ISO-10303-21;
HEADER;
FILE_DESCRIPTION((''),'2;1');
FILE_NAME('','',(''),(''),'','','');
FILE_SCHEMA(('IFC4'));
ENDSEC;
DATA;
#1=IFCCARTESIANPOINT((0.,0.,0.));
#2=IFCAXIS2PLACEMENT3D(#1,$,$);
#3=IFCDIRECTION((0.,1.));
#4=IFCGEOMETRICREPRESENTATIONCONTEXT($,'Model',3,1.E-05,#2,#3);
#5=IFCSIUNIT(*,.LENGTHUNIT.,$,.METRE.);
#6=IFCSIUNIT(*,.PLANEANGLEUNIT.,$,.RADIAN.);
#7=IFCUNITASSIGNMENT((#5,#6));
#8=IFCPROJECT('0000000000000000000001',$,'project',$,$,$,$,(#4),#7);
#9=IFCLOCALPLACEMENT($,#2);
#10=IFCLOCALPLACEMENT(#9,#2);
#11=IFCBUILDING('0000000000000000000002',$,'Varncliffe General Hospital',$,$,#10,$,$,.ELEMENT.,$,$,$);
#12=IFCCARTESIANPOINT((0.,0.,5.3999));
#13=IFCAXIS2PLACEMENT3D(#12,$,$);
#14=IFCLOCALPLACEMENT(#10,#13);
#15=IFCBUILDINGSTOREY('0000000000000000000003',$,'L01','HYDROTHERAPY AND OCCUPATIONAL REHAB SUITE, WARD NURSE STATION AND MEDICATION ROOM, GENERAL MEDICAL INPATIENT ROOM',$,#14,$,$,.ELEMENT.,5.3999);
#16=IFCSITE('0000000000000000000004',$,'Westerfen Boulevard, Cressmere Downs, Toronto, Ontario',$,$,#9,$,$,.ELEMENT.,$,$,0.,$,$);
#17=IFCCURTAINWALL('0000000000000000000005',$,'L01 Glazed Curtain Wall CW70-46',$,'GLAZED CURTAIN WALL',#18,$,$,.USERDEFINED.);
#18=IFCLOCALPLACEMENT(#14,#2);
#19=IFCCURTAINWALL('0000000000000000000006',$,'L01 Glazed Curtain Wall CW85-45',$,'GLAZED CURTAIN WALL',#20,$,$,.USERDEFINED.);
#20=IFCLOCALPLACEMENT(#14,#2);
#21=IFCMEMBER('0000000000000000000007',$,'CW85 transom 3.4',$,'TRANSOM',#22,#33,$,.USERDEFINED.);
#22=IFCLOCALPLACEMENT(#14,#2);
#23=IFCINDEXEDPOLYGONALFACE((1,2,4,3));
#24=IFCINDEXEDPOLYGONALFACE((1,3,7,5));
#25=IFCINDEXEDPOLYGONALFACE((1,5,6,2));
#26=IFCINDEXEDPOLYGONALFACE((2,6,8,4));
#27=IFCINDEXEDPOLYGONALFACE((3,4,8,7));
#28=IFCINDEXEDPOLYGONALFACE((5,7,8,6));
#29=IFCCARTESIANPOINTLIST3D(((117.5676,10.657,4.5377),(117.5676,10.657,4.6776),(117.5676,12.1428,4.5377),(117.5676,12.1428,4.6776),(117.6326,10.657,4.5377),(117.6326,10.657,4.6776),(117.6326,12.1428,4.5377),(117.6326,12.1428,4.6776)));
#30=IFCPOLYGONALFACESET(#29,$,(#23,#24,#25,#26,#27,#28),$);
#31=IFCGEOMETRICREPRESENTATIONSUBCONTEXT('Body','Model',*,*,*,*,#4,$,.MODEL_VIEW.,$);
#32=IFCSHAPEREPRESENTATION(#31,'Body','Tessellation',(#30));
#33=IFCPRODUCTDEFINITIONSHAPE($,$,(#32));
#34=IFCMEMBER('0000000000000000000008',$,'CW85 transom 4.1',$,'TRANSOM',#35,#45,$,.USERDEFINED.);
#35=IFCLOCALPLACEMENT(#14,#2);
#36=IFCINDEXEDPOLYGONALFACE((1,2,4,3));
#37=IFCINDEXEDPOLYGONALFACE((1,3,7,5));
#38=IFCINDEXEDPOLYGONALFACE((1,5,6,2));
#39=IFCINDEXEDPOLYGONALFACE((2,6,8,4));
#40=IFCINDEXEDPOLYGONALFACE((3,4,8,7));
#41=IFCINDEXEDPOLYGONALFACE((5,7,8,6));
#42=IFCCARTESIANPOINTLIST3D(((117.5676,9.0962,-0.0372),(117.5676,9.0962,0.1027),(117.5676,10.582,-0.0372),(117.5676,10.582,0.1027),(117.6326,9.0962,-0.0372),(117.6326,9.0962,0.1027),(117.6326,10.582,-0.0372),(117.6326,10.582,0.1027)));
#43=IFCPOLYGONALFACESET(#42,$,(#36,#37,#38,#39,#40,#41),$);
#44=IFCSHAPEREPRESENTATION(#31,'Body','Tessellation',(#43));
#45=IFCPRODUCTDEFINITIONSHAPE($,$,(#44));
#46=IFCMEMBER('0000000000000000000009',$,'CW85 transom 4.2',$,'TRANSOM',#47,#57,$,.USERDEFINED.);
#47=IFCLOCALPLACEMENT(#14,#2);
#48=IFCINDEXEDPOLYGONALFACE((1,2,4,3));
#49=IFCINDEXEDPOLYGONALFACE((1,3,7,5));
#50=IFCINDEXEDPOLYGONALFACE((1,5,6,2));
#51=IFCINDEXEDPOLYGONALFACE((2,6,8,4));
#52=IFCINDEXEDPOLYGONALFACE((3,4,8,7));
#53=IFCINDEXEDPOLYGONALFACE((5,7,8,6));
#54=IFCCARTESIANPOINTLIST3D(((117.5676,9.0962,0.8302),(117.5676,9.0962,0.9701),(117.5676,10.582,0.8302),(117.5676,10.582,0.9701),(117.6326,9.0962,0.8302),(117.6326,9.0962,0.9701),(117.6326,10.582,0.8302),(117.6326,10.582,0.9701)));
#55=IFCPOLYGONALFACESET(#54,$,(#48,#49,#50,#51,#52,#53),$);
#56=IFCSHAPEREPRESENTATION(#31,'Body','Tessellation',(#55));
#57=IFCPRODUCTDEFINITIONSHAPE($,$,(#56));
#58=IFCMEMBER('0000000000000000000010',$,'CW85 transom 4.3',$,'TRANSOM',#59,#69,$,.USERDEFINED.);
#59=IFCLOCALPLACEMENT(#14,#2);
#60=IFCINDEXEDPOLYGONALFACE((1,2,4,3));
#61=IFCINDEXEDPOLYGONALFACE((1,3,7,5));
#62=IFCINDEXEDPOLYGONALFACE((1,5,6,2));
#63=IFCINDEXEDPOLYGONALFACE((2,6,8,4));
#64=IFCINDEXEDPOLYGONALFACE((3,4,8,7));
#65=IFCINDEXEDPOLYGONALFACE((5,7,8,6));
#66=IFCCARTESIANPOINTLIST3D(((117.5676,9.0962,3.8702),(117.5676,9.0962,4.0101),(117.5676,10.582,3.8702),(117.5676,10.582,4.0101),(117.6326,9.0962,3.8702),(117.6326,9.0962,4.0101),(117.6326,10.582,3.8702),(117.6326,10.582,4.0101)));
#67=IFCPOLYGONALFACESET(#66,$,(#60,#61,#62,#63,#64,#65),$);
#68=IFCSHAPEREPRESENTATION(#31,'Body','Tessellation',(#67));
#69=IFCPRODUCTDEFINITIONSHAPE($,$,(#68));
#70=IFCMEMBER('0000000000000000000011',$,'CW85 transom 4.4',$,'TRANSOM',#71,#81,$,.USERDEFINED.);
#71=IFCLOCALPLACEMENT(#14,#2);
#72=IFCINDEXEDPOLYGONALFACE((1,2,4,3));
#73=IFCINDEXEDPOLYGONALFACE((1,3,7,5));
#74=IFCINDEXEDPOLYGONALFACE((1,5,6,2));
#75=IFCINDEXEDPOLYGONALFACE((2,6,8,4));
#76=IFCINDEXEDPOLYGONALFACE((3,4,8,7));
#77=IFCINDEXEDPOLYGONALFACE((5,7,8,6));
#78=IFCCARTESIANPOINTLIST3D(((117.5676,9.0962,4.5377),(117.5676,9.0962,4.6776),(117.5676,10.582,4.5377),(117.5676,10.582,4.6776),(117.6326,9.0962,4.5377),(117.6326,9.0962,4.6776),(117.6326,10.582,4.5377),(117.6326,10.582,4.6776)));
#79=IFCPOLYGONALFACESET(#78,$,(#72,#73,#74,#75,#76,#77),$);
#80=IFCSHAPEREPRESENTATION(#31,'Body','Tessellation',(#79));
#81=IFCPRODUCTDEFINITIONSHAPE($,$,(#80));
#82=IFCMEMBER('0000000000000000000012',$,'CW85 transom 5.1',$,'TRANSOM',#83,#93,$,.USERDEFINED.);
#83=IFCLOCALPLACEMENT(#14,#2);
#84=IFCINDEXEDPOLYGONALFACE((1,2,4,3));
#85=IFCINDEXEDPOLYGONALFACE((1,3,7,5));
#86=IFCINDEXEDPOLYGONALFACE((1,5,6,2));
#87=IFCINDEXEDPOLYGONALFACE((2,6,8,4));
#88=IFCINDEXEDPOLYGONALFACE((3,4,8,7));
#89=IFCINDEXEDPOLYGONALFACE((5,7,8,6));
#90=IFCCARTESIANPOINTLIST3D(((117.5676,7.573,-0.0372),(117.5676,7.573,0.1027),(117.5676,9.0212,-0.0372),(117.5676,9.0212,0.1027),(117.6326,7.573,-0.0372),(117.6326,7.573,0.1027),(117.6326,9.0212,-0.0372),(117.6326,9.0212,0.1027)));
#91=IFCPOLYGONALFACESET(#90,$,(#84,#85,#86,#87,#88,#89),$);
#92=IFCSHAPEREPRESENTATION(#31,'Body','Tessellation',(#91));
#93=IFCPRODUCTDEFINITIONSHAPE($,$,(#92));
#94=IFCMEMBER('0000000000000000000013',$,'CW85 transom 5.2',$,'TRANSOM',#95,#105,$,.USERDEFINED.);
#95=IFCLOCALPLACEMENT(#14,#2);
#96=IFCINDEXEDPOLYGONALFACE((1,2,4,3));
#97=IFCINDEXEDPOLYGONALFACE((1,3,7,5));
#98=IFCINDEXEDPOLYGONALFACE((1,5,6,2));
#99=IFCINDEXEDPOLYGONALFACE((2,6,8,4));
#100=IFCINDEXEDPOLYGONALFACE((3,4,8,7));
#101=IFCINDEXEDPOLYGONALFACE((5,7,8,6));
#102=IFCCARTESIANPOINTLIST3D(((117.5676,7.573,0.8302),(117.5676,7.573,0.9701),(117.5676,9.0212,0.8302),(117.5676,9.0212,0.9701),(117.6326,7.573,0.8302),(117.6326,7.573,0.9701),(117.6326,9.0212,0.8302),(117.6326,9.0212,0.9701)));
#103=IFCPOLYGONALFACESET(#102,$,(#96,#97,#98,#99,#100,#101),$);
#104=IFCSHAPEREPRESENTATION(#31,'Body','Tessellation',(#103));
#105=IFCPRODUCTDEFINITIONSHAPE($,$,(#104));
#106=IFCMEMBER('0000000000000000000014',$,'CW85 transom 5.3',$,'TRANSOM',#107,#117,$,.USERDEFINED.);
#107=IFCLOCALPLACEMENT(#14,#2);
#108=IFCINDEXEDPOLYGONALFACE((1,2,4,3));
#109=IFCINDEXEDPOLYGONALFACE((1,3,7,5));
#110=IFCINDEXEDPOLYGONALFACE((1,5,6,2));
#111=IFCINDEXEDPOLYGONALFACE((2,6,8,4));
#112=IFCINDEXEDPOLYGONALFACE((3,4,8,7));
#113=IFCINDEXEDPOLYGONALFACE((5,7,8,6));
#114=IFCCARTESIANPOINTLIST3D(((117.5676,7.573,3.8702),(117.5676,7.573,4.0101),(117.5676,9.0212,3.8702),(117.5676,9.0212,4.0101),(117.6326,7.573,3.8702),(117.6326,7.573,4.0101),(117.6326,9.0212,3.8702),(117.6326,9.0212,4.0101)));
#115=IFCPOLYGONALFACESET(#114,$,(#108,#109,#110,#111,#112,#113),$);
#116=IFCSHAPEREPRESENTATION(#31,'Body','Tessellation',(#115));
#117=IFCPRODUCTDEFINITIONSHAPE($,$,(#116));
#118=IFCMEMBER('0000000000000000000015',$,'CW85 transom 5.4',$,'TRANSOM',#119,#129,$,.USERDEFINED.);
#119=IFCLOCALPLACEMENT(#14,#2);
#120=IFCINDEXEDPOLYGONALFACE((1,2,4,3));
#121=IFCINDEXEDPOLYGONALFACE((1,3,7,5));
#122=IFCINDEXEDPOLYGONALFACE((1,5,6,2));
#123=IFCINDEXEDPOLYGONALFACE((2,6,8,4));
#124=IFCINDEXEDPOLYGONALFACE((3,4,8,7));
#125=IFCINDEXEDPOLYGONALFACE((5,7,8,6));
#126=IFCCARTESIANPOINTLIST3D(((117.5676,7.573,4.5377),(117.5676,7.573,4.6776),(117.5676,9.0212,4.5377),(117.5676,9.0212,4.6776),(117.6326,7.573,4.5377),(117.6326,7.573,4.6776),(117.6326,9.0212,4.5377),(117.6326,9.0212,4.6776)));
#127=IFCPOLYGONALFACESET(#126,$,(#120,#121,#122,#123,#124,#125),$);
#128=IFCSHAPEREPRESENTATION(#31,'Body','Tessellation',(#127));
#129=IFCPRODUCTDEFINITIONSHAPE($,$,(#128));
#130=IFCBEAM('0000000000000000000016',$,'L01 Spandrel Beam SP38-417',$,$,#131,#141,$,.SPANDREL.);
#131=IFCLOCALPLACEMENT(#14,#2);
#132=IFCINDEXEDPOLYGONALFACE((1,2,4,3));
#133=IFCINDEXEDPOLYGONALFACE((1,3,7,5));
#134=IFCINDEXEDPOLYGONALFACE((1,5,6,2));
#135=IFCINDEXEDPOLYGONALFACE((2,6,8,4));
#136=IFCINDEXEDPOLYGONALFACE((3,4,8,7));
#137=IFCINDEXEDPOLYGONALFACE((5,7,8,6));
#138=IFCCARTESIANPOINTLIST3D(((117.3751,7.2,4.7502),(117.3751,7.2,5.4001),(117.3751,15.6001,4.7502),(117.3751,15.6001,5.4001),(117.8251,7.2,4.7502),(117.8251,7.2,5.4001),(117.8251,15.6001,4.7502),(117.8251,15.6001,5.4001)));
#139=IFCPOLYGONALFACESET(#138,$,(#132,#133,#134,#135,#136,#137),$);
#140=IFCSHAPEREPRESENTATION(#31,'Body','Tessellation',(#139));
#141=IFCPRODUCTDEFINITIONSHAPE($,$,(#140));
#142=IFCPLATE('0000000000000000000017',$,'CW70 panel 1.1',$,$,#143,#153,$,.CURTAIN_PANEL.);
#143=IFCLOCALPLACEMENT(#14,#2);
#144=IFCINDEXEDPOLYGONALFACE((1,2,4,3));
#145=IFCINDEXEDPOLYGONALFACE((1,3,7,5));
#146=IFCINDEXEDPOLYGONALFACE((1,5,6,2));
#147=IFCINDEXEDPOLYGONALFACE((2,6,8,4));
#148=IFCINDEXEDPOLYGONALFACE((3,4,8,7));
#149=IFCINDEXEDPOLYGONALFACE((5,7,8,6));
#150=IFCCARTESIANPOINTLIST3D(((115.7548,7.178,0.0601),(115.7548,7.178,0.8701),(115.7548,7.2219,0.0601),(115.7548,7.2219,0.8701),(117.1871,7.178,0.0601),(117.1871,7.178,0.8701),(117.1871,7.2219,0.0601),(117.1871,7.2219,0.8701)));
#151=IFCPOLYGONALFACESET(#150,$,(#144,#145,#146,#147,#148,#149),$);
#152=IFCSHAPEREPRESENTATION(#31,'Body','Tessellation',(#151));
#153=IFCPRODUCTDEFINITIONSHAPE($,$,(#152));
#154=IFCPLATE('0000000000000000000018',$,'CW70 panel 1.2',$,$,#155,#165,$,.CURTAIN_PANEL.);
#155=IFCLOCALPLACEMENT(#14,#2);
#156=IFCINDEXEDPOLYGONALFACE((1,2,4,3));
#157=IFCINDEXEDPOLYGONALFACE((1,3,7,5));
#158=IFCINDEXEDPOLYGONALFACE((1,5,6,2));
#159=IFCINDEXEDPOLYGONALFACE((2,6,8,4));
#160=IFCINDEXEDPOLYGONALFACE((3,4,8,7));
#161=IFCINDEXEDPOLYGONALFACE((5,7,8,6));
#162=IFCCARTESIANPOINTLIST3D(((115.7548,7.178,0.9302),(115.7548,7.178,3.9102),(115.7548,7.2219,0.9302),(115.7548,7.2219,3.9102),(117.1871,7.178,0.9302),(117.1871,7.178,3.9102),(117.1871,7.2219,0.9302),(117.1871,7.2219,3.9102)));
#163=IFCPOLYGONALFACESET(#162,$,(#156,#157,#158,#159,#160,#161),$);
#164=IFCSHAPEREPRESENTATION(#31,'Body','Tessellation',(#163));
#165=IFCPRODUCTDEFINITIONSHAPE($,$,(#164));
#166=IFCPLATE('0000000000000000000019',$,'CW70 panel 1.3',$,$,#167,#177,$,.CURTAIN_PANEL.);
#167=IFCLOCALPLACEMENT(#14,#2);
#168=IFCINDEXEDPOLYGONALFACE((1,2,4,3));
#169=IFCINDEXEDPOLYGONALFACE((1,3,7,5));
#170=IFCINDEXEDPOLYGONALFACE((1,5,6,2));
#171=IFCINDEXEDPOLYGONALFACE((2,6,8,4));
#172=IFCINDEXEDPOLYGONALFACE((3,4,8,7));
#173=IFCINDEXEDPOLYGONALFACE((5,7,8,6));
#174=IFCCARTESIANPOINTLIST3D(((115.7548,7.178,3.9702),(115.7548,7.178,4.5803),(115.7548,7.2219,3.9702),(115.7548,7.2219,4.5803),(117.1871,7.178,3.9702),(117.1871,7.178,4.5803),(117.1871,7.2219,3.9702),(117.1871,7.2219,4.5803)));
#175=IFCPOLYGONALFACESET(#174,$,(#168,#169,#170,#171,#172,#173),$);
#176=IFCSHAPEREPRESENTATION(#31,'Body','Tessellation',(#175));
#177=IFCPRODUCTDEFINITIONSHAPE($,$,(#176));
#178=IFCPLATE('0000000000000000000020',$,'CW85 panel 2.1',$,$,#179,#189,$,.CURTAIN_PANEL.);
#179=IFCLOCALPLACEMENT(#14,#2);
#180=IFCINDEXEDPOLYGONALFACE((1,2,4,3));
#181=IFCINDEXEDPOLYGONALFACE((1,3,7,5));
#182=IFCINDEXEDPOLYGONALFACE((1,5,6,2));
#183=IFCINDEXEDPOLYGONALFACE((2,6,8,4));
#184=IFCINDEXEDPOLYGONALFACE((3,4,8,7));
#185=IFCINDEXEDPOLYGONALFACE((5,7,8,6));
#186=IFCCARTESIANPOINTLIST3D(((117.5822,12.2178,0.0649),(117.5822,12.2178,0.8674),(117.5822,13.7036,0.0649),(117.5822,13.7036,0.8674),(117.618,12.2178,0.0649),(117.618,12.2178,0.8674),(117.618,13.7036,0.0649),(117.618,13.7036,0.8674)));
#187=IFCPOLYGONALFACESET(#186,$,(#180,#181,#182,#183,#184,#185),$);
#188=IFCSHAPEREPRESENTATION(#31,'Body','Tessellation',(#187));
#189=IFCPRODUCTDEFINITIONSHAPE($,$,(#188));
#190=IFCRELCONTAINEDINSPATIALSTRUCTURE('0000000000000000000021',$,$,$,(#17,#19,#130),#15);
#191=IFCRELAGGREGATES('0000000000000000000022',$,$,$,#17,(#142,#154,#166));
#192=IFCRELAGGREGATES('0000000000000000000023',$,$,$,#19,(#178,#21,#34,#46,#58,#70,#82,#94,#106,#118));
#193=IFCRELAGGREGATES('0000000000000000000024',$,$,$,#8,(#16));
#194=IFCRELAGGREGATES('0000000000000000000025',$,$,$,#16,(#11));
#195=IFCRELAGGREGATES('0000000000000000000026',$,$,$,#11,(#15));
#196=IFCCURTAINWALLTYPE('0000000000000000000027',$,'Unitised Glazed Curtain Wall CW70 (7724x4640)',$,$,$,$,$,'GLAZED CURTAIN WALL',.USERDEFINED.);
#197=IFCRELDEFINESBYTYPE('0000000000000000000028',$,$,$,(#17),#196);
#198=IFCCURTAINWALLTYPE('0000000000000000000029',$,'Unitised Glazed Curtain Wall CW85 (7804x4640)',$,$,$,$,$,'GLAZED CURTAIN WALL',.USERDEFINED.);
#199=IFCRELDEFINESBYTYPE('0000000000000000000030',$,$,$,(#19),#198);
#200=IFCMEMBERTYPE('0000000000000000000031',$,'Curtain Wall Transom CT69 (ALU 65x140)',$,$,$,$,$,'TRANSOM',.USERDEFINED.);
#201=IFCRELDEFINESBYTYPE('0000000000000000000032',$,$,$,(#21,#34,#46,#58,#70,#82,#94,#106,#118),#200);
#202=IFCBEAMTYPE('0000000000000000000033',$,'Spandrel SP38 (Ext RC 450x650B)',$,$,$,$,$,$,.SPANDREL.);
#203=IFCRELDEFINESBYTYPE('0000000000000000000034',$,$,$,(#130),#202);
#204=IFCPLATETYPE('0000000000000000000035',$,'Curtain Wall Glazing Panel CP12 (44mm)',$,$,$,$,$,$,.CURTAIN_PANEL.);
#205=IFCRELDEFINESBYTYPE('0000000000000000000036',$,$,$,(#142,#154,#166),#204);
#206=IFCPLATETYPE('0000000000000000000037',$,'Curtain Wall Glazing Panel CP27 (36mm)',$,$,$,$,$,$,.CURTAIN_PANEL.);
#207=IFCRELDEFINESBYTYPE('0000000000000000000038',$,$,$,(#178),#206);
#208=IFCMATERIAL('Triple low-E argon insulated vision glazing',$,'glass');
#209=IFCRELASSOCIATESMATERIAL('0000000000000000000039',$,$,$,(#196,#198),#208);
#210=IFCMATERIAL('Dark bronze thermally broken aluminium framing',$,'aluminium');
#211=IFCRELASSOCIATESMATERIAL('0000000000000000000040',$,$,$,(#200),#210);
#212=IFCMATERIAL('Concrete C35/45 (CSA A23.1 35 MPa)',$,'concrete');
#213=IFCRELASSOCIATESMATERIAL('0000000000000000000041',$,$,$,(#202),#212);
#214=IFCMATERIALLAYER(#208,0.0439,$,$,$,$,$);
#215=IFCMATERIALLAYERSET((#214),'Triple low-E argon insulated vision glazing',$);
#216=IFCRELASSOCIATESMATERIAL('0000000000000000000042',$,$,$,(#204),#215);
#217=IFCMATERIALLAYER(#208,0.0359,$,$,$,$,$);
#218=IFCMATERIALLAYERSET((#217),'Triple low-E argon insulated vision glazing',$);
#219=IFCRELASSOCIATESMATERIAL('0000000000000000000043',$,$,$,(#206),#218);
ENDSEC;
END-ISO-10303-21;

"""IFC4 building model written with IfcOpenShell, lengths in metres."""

from ifc_helpers import new_model, si_unit, direction, frame, origin, origin_2d, place, context, subcontext, project, spatial, rectangle, extrude, material, layer, layer_set, material_profile, profile_set, type_object, element, aggregate, save


model = new_model("IFC4")

# Units and contexts
model_context = context("Model", 3, precision=1e-05, world=origin(), true_north=direction((0.0, 1.0)))
body_context = subcontext(model_context, "Body", "Model", "MODEL_VIEW")
ifc_project = project(units=[si_unit("LENGTHUNIT", "METRE"), si_unit("PLANEANGLEUNIT", "RADIAN")], contexts=[model_context])

# Site, building, storey
site_placement = place(None, origin())
site = spatial("IfcSite", under=ifc_project, at=site_placement, Name="Westerfen Boulevard, Cressmere Downs, Toronto, Ontario", CompositionType="ELEMENT", RefElevation=0.0)
building_placement = place(site_placement, origin())
building = spatial("IfcBuilding", under=site, at=building_placement, Name="Varncliffe General Hospital", CompositionType="ELEMENT")
storey_placement = place(building_placement, frame((0.0, 0.0, 5.3999)))
storey = spatial("IfcBuildingStorey", under=building, at=storey_placement, Name="L01", Description="HYDROTHERAPY AND OCCUPATIONAL REHAB SUITE, WARD NURSE STATION AND MEDICATION ROOM, GENERAL MEDICAL INPATIENT ROOM", CompositionType="ELEMENT", Elevation=5.3999)

# Curtain walls
ifc_material_1 = material(Name="Triple low-E argon insulated vision glazing", Category="glass")
curtain_wall_type_1 = type_object("IfcCurtainWallType", Name="Unitised Glazed Curtain Wall CW70 (7724x4640)", ElementType="GLAZED CURTAIN WALL", PredefinedType="USERDEFINED", material=ifc_material_1)
curtain_wall_1_placement = place(storey_placement, origin())
curtain_wall_1 = element("IfcCurtainWall", 1, at=curtain_wall_1_placement, inside=storey, type_object=curtain_wall_type_1, Name="L01 Glazed Curtain Wall CW70-46", ObjectType="GLAZED CURTAIN WALL", PredefinedType="USERDEFINED")
ifc_material_2 = material(Name="Dark bronze thermally broken aluminium framing", Category="aluminium")
curtain_wall_type_2 = type_object("IfcCurtainWallType", Name="Unitised Glazed Curtain Wall CW85 (7804x4640)", ElementType="GLAZED CURTAIN WALL", PredefinedType="USERDEFINED", material=ifc_material_1)
curtain_wall_2_placement = place(storey_placement, origin())
curtain_wall_2 = element("IfcCurtainWall", 2, at=curtain_wall_2_placement, inside=storey, type_object=curtain_wall_type_2, Name="L01 Glazed Curtain Wall CW85-45", ObjectType="GLAZED CURTAIN WALL", PredefinedType="USERDEFINED")

# Members
ifc_material_profile_1 = material_profile(ifc_material_2, rectangle(XDim=0.0649, YDim=0.1399, at=origin_2d()), Name="ALU 65x140")
ifc_profile_set_1 = profile_set([ifc_material_profile_1], Name="Dark bronze thermally broken aluminium framing")
member_type_1 = type_object("IfcMemberType", Name="Curtain Wall Transom CT69 (ALU 65x140)", ElementType="TRANSOM", PredefinedType="USERDEFINED", material=ifc_profile_set_1)
member_1_placement = place(storey_placement, frame((117.6001, 12.1428, 4.6077), z_axis=(0.0, -1.0, 0.0), x_axis=(1.0, 0.0, 0.0)))
member_1 = element("IfcMember", 3, at=member_1_placement, type_object=member_type_1, Name="CW85 transom 3.4", ObjectType="TRANSOM", PredefinedType="USERDEFINED", context=body_context, shape_type="SweptSolid", body=[
    extrude(rectangle(XDim=0.0649, YDim=0.1399, at=origin_2d()), origin(), (0.0, 0.0, 1.0), 1.4858),
])
member_2_placement = place(storey_placement, frame((117.6001, 10.582, 0.0327), z_axis=(0.0, -1.0, 0.0), x_axis=(1.0, 0.0, 0.0)))
member_2 = element("IfcMember", 4, at=member_2_placement, type_object=member_type_1, Name="CW85 transom 4.1", ObjectType="TRANSOM", PredefinedType="USERDEFINED", context=body_context, shape_type="SweptSolid", body=[
    extrude(rectangle(XDim=0.0649, YDim=0.1399, at=origin_2d()), origin(), (0.0, 0.0, 1.0), 1.4858),
])
member_3_placement = place(storey_placement, frame((117.6001, 10.582, 0.9001), z_axis=(0.0, -1.0, 0.0), x_axis=(1.0, 0.0, 0.0)))
member_3 = element("IfcMember", 5, at=member_3_placement, type_object=member_type_1, Name="CW85 transom 4.2", ObjectType="TRANSOM", PredefinedType="USERDEFINED", context=body_context, shape_type="SweptSolid", body=[
    extrude(rectangle(XDim=0.0649, YDim=0.1399, at=origin_2d()), origin(), (0.0, 0.0, 1.0), 1.4858),
])
member_4_placement = place(storey_placement, frame((117.6001, 10.582, 3.9402), z_axis=(0.0, -1.0, 0.0), x_axis=(1.0, 0.0, 0.0)))
member_4 = element("IfcMember", 6, at=member_4_placement, type_object=member_type_1, Name="CW85 transom 4.3", ObjectType="TRANSOM", PredefinedType="USERDEFINED", context=body_context, shape_type="SweptSolid", body=[
    extrude(rectangle(XDim=0.0649, YDim=0.1399, at=origin_2d()), origin(), (0.0, 0.0, 1.0), 1.4858),
])
member_5_placement = place(storey_placement, frame((117.6001, 10.582, 4.6077), z_axis=(0.0, -1.0, 0.0), x_axis=(1.0, 0.0, 0.0)))
member_5 = element("IfcMember", 7, at=member_5_placement, type_object=member_type_1, Name="CW85 transom 4.4", ObjectType="TRANSOM", PredefinedType="USERDEFINED", context=body_context, shape_type="SweptSolid", body=[
    extrude(rectangle(XDim=0.0649, YDim=0.1399, at=origin_2d()), origin(), (0.0, 0.0, 1.0), 1.4858),
])
member_6_placement = place(storey_placement, frame((117.6001, 9.0212, 0.0327), z_axis=(0.0, -1.0, 0.0), x_axis=(1.0, 0.0, 0.0)))
member_6 = element("IfcMember", 8, at=member_6_placement, type_object=member_type_1, Name="CW85 transom 5.1", ObjectType="TRANSOM", PredefinedType="USERDEFINED", context=body_context, shape_type="SweptSolid", body=[
    extrude(rectangle(XDim=0.0649, YDim=0.1399, at=origin_2d()), origin(), (0.0, 0.0, 1.0), 1.4482),
])
member_7_placement = place(storey_placement, frame((117.6001, 9.0212, 0.9001), z_axis=(0.0, -1.0, 0.0), x_axis=(1.0, 0.0, 0.0)))
member_7 = element("IfcMember", 9, at=member_7_placement, type_object=member_type_1, Name="CW85 transom 5.2", ObjectType="TRANSOM", PredefinedType="USERDEFINED", context=body_context, shape_type="SweptSolid", body=[
    extrude(rectangle(XDim=0.0649, YDim=0.1399, at=origin_2d()), origin(), (0.0, 0.0, 1.0), 1.4482),
])
member_8_placement = place(storey_placement, frame((117.6001, 9.0212, 3.9402), z_axis=(0.0, -1.0, 0.0), x_axis=(1.0, 0.0, 0.0)))
member_8 = element("IfcMember", 10, at=member_8_placement, type_object=member_type_1, Name="CW85 transom 5.3", ObjectType="TRANSOM", PredefinedType="USERDEFINED", context=body_context, shape_type="SweptSolid", body=[
    extrude(rectangle(XDim=0.0649, YDim=0.1399, at=origin_2d()), origin(), (0.0, 0.0, 1.0), 1.4482),
])
member_9_placement = place(storey_placement, frame((117.6001, 9.0212, 4.6077), z_axis=(0.0, -1.0, 0.0), x_axis=(1.0, 0.0, 0.0)))
member_9 = element("IfcMember", 11, at=member_9_placement, type_object=member_type_1, Name="CW85 transom 5.4", ObjectType="TRANSOM", PredefinedType="USERDEFINED", context=body_context, shape_type="SweptSolid", body=[
    extrude(rectangle(XDim=0.0649, YDim=0.1399, at=origin_2d()), origin(), (0.0, 0.0, 1.0), 1.4482),
])

# Beam
ifc_material_3 = material(Name="Concrete C35/45 (CSA A23.1 35 MPa)", Category="concrete")
ifc_material_profile_2 = material_profile(ifc_material_3, rectangle(XDim=0.45, YDim=0.6499, at=origin_2d()), Name="RC 450x650")
ifc_profile_set_2 = profile_set([ifc_material_profile_2], Name="Concrete C35/45 (CSA A23.1 35 MPa)")
beam_type = type_object("IfcBeamType", Name="Spandrel SP38 (Ext RC 450x650B)", PredefinedType="SPANDREL", material=ifc_profile_set_2)
beam_placement = place(storey_placement, frame((117.6001, 7.2, 5.0752), z_axis=(0.0, 1.0, 0.0), x_axis=(-1.0, 0.0, 0.0)))
element("IfcBeam", 12, at=beam_placement, inside=storey, type_object=beam_type, Name="L01 Spandrel Beam SP38-417", PredefinedType="SPANDREL", context=body_context, shape_type="SweptSolid", body=[
    extrude(rectangle(XDim=0.45, YDim=0.6499, at=origin_2d()), origin(), (0.0, 0.0, 1.0), 8.4001),
])

# Plates
ifc_layer_1 = layer(ifc_material_1, 0.0439)
ifc_layer_set_1 = layer_set([ifc_layer_1], Name="Triple low-E argon insulated vision glazing")
plate_type_1 = type_object("IfcPlateType", Name="Curtain Wall Glazing Panel CP12 (44mm)", PredefinedType="CURTAIN_PANEL", material=ifc_layer_set_1)
plate_1_placement = place(storey_placement, frame((116.4709, 7.2, 0.0601), z_axis=(0.0, 0.0, 1.0), x_axis=(-1.0, 0.0, 0.0)))
plate_1 = element("IfcPlate", 13, at=plate_1_placement, type_object=plate_type_1, Name="CW70 panel 1.1", PredefinedType="CURTAIN_PANEL", context=body_context, shape_type="SweptSolid", body=[
    extrude(rectangle(XDim=1.4324, YDim=0.0439, at=origin_2d()), origin(), (0.0, 0.0, 1.0), 0.8101),
])
plate_2_placement = place(storey_placement, frame((116.4709, 7.2, 0.9302), z_axis=(0.0, 0.0, 1.0), x_axis=(-1.0, 0.0, 0.0)))
plate_2 = element("IfcPlate", 14, at=plate_2_placement, type_object=plate_type_1, Name="CW70 panel 1.2", PredefinedType="CURTAIN_PANEL", context=body_context, shape_type="SweptSolid", body=[
    extrude(rectangle(XDim=1.4324, YDim=0.0439, at=origin_2d()), origin(), (0.0, 0.0, 1.0), 2.98),
])
plate_3_placement = place(storey_placement, frame((116.4709, 7.2, 3.9702), z_axis=(0.0, 0.0, 1.0), x_axis=(-1.0, 0.0, 0.0)))
plate_3 = element("IfcPlate", 15, at=plate_3_placement, type_object=plate_type_1, Name="CW70 panel 1.3", PredefinedType="CURTAIN_PANEL", context=body_context, shape_type="SweptSolid", body=[
    extrude(rectangle(XDim=1.4324, YDim=0.0439, at=origin_2d()), origin(), (0.0, 0.0, 1.0), 0.6101),
])
aggregate(curtain_wall_1, [plate_1, plate_2, plate_3])
ifc_layer_2 = layer(ifc_material_1, 0.0359)
ifc_layer_set_2 = layer_set([ifc_layer_2], Name="Triple low-E argon insulated vision glazing")
plate_type_2 = type_object("IfcPlateType", Name="Curtain Wall Glazing Panel CP27 (36mm)", PredefinedType="CURTAIN_PANEL", material=ifc_layer_set_2)
plate_4_placement = place(storey_placement, frame((117.6001, 12.9607, 0.0649), z_axis=(0.0, 0.0, 1.0), x_axis=(0.0, -1.0, 0.0)))
plate_4 = element("IfcPlate", 16, at=plate_4_placement, type_object=plate_type_2, Name="CW85 panel 2.1", PredefinedType="CURTAIN_PANEL", context=body_context, shape_type="SweptSolid", body=[
    extrude(rectangle(XDim=1.4858, YDim=0.0359, at=origin_2d()), origin(), (0.0, 0.0, 1.0), 0.8025),
])
aggregate(curtain_wall_2, [plate_4, member_1, member_2, member_3, member_4, member_5, member_6, member_7, member_8, member_9])

save(model, "model.ifc")
